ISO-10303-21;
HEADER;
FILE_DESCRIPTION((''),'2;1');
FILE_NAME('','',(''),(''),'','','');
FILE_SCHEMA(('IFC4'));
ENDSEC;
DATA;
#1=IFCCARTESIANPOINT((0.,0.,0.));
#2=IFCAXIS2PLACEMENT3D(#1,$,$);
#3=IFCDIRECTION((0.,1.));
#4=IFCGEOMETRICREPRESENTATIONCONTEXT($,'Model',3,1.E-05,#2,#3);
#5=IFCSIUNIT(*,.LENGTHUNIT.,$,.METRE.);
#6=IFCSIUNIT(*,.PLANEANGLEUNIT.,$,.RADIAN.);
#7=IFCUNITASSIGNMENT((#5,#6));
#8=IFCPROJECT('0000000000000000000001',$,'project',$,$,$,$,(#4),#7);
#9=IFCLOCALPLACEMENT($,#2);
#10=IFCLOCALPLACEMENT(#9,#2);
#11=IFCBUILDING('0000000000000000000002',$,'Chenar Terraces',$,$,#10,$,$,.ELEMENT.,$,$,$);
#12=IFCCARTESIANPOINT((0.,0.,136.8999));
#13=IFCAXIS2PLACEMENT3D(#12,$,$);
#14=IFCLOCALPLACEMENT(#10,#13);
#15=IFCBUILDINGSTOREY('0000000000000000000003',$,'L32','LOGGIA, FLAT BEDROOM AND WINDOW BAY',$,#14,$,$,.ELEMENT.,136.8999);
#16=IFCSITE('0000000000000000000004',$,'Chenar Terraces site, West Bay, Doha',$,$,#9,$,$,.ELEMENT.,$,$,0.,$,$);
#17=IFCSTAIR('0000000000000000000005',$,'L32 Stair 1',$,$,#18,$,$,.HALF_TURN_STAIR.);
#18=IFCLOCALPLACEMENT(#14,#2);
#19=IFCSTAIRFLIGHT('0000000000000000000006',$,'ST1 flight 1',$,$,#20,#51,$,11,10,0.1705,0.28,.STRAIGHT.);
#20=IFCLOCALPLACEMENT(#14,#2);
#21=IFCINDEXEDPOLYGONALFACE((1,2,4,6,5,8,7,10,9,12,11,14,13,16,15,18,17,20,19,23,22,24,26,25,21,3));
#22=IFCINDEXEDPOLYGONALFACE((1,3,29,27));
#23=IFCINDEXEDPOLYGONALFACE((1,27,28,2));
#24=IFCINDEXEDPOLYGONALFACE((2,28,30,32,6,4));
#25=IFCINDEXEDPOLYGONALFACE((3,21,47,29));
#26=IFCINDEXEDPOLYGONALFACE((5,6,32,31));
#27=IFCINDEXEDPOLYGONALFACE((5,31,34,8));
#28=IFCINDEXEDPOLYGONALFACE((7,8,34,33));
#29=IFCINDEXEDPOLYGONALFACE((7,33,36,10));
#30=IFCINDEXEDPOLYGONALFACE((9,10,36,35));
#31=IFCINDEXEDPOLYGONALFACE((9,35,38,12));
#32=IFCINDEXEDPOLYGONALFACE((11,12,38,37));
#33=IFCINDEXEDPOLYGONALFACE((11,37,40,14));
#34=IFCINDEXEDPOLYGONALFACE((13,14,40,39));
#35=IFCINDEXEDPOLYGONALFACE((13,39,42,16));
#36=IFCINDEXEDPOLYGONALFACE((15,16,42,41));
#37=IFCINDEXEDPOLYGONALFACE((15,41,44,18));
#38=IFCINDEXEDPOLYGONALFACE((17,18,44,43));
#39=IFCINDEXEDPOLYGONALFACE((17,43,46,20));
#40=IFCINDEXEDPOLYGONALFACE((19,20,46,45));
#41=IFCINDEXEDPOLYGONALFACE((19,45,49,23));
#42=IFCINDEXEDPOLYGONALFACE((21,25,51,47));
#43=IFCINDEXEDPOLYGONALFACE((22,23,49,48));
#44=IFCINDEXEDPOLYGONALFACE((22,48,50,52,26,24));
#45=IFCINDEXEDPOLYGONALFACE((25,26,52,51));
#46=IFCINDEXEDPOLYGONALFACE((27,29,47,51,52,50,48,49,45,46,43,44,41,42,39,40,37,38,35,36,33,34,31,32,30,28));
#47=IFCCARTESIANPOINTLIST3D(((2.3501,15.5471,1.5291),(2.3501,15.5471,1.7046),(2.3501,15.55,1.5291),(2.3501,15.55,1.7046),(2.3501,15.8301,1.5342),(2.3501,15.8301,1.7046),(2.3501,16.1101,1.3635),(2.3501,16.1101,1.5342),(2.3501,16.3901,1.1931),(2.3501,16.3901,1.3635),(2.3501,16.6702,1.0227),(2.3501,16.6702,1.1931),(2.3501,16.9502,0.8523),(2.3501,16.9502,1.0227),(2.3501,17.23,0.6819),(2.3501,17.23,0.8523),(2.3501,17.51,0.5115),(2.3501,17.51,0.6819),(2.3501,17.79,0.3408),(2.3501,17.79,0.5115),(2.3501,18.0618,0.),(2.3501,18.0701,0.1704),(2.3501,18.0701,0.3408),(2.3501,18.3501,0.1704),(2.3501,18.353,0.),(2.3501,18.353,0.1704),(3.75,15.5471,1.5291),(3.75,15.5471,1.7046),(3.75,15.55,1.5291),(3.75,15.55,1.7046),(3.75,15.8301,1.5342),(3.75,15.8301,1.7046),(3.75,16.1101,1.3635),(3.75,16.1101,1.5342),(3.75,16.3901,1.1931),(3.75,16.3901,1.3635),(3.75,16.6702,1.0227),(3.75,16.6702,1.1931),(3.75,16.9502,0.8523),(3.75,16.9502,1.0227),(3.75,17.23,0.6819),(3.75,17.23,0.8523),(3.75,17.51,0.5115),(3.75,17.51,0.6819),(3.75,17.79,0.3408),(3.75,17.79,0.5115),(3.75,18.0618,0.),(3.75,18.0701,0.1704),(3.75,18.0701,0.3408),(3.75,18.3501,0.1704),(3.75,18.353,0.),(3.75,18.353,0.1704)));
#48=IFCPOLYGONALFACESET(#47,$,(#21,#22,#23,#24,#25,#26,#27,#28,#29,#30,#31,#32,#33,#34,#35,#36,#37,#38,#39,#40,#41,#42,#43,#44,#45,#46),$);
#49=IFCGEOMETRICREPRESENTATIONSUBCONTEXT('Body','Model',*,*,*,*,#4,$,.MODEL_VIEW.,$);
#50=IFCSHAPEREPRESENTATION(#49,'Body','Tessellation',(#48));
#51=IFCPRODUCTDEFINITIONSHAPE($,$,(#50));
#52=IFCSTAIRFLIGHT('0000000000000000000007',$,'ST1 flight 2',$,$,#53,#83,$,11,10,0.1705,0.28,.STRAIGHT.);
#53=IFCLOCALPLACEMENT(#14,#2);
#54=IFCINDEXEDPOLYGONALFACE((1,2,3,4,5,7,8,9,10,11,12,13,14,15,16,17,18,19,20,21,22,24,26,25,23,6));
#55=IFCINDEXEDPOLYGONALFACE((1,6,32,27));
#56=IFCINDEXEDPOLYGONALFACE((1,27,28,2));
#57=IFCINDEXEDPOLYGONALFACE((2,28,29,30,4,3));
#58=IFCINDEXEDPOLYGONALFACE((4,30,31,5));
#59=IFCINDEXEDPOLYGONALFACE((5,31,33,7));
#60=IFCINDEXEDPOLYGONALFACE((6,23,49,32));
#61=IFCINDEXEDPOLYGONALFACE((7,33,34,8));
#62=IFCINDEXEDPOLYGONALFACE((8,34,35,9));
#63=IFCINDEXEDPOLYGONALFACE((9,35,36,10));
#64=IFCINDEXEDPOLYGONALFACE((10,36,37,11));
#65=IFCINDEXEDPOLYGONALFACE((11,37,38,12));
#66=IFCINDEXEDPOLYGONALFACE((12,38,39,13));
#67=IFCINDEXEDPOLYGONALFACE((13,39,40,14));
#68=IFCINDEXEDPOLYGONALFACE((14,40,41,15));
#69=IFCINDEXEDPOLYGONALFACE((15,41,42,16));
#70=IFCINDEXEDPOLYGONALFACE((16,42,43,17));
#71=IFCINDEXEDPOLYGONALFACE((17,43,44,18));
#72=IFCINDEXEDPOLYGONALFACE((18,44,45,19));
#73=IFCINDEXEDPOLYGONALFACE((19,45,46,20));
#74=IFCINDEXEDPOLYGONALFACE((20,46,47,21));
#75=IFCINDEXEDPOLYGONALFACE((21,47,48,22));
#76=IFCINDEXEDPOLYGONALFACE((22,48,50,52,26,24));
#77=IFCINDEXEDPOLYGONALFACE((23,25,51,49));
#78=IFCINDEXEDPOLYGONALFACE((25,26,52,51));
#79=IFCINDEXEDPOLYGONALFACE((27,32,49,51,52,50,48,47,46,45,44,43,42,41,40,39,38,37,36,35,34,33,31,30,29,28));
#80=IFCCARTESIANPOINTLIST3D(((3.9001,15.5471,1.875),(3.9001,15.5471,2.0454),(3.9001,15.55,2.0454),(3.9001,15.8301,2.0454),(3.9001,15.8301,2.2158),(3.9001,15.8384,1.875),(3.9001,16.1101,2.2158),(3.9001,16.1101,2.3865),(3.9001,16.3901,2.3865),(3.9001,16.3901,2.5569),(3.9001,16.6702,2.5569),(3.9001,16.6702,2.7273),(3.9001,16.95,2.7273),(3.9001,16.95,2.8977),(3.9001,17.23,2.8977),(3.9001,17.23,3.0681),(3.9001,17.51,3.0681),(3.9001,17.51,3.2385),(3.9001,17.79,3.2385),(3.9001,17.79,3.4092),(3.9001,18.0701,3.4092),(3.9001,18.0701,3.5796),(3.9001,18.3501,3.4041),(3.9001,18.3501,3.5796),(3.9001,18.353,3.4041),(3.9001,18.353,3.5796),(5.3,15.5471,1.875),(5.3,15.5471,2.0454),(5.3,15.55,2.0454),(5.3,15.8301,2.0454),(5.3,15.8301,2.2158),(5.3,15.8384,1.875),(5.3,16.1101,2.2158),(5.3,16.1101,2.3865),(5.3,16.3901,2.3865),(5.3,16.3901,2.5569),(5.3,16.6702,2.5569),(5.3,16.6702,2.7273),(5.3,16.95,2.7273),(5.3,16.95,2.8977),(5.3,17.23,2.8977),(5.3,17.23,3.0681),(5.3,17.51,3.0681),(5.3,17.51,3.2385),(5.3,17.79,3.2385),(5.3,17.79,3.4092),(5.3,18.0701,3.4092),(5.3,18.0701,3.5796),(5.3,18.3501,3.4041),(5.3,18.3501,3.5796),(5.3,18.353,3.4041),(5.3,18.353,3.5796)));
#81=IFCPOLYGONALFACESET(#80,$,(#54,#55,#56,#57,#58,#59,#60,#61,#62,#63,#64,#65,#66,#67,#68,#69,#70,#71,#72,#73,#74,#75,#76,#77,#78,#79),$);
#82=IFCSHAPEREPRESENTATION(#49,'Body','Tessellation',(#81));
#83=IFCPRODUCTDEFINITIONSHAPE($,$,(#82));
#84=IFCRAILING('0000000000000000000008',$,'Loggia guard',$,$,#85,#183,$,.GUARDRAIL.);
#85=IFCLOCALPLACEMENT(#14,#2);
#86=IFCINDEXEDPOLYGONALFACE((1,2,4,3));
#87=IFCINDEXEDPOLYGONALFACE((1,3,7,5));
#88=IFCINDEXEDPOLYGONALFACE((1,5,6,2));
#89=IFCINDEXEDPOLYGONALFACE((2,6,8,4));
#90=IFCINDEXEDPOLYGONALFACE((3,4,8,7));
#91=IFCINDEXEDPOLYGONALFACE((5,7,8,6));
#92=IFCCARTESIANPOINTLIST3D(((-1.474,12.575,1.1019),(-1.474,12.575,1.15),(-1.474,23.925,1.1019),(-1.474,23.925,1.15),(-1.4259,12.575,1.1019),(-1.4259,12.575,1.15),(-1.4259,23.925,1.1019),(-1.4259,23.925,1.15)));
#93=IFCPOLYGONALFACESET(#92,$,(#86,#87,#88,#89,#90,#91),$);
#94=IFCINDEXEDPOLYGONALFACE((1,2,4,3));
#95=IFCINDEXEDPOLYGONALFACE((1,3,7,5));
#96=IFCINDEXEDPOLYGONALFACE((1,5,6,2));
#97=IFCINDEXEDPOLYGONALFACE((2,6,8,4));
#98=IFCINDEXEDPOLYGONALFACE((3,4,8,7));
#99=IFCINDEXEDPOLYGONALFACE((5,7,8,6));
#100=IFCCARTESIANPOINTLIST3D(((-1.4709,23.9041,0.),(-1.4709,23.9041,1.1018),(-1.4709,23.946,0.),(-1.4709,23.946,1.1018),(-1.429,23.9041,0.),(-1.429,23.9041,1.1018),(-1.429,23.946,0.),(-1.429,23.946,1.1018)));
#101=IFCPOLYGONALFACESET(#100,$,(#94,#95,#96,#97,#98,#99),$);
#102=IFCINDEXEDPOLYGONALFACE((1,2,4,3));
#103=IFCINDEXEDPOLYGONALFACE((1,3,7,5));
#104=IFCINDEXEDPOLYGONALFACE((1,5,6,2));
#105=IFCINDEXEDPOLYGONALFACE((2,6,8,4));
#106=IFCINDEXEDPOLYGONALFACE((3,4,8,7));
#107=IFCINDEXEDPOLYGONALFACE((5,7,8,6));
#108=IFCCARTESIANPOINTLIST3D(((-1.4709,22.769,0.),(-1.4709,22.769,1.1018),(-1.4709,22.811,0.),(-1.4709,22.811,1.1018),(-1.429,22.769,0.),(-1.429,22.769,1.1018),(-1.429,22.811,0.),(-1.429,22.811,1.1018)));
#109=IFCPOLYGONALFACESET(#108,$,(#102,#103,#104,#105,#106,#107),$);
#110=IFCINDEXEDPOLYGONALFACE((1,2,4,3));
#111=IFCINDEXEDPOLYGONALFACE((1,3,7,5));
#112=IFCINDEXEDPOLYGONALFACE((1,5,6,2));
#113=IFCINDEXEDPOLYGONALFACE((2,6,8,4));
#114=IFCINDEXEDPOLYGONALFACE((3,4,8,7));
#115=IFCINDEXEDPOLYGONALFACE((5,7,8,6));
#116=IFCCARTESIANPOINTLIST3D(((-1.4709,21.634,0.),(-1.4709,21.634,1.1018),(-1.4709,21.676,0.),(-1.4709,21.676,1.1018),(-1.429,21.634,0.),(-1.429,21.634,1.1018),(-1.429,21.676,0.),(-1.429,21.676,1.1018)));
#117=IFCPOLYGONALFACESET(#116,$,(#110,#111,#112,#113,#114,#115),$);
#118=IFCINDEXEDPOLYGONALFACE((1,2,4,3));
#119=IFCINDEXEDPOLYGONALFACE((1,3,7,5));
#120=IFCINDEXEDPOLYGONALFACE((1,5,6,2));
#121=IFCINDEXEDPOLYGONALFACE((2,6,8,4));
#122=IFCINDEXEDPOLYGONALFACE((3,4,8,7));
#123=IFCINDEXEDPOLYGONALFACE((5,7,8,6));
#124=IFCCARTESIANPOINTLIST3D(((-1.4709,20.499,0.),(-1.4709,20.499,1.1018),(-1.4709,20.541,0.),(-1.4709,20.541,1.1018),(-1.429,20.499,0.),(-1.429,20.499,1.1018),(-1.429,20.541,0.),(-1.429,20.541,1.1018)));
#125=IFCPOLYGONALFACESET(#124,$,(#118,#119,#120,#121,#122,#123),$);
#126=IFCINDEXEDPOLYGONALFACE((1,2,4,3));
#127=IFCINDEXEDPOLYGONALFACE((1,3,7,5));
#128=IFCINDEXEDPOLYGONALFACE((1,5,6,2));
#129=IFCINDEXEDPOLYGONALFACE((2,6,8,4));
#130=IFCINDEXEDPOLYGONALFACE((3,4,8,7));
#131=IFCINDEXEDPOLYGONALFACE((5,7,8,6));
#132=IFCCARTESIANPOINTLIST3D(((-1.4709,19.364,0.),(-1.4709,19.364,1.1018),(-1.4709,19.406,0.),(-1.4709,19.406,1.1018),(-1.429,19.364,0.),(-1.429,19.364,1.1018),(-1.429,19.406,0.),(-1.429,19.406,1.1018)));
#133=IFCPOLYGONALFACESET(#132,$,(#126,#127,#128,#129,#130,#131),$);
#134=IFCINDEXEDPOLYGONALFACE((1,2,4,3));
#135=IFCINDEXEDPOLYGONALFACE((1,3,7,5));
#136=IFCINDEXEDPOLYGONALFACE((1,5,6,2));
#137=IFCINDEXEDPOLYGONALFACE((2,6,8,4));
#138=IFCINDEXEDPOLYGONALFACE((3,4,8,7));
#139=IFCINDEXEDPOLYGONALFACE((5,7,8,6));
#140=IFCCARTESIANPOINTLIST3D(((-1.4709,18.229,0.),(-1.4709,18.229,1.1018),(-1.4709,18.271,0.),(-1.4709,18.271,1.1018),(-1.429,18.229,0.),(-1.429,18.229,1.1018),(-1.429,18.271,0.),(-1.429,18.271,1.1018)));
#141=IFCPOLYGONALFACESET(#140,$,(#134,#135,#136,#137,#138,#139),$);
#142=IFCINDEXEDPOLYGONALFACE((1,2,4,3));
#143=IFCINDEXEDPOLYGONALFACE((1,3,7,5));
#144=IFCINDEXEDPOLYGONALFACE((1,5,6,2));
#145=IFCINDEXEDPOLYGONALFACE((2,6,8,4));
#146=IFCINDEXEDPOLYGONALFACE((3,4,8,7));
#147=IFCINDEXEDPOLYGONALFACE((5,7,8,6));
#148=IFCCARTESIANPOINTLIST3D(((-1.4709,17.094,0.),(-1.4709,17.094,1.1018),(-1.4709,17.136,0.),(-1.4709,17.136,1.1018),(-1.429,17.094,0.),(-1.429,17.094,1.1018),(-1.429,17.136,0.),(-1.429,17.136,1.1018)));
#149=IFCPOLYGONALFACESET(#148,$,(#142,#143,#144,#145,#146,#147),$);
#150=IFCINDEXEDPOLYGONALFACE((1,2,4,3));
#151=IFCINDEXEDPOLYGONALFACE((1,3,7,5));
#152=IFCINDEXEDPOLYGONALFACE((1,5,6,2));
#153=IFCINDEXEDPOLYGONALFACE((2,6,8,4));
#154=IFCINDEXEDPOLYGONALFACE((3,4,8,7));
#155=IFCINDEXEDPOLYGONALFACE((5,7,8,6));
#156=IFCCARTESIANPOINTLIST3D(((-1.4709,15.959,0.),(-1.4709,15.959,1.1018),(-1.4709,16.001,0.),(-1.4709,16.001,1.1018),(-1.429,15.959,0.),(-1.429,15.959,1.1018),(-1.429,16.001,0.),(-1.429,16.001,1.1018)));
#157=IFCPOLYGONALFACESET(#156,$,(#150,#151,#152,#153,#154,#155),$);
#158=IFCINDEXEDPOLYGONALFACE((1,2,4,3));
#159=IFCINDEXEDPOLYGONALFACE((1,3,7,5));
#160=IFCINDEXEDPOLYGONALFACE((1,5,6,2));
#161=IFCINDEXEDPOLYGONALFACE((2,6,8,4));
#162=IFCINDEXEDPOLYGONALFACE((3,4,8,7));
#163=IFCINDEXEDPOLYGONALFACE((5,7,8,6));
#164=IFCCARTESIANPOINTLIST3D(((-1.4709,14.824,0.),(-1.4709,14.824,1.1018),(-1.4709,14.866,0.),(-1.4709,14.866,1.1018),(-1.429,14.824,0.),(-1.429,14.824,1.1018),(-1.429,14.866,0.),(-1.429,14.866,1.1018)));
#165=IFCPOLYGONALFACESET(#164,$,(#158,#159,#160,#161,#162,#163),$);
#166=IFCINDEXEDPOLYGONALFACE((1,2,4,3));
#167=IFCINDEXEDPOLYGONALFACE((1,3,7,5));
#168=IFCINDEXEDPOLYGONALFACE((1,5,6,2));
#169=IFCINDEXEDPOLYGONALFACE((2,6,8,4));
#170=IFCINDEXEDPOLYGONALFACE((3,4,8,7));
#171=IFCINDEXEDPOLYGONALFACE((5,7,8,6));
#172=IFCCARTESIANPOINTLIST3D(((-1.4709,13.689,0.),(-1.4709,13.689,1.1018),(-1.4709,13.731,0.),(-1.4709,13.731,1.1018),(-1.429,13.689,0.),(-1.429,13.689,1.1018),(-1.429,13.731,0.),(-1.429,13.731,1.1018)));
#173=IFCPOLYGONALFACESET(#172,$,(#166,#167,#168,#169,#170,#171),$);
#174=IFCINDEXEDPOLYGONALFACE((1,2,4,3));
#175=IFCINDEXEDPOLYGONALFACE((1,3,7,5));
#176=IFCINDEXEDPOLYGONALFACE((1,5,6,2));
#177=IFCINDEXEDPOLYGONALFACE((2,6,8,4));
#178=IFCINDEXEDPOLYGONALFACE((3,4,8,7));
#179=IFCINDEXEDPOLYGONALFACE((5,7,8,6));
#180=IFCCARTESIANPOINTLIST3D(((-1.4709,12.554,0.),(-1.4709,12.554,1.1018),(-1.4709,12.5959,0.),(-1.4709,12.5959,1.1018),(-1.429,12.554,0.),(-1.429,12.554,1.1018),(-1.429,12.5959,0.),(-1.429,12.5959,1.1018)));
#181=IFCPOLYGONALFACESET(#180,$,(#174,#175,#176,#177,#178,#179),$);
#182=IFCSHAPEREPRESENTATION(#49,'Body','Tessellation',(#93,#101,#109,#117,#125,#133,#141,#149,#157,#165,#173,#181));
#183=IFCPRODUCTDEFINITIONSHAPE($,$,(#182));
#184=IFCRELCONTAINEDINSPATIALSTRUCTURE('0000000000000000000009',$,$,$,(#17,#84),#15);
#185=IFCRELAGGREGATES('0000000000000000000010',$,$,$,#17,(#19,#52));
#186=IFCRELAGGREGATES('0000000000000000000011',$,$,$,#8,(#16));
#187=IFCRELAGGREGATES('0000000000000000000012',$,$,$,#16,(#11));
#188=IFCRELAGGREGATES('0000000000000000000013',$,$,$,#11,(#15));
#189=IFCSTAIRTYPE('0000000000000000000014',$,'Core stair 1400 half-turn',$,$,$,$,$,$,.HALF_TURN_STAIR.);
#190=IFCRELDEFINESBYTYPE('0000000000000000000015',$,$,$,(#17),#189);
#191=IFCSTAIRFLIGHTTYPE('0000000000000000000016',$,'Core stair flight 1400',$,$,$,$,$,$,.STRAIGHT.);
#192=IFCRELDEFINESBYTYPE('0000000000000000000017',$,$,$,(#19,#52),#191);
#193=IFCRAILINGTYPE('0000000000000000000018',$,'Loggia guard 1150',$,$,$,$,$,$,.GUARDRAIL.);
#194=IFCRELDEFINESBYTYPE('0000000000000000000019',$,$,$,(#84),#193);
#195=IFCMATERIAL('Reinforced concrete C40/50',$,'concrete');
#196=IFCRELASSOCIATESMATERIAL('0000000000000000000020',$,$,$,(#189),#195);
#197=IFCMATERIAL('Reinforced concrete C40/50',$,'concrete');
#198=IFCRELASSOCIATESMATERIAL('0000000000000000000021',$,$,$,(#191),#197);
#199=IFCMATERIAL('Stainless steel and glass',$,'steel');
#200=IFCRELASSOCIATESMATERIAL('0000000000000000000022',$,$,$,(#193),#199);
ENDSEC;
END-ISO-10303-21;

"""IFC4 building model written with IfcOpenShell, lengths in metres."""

from ifc_helpers import new_model, si_unit, direction, frame, origin, origin_2d, place, context, subcontext, project, spatial, polyline, rectangle, outline, extrude, material, type_object, element, aggregate, save


model = new_model("IFC4")

# Units and contexts
model_context = context("Model", 3, precision=1e-05, world=origin(), true_north=direction((0.0, 1.0)))
body_context = subcontext(model_context, "Body", "Model", "MODEL_VIEW")
ifc_project = project(units=[si_unit("LENGTHUNIT", "METRE"), si_unit("PLANEANGLEUNIT", "RADIAN")], contexts=[model_context])

# Site, building, storey
site_placement = place(None, origin())
site = spatial("IfcSite", under=ifc_project, at=site_placement, Name="Chenar Terraces site, West Bay, Doha", CompositionType="ELEMENT", RefElevation=0.0)
building_placement = place(site_placement, origin())
building = spatial("IfcBuilding", under=site, at=building_placement, Name="Chenar Terraces", CompositionType="ELEMENT")
storey_placement = place(building_placement, frame((0.0, 0.0, 136.8999)))
storey = spatial("IfcBuildingStorey", under=building, at=storey_placement, Name="L32", Description="LOGGIA, FLAT BEDROOM AND WINDOW BAY", CompositionType="ELEMENT", Elevation=136.8999)

# Stair, stair flights
ifc_material_1 = material(Name="Reinforced concrete C40/50", Category="concrete")
stair_type = type_object("IfcStairType", Name="Core stair 1400 half-turn", PredefinedType="HALF_TURN_STAIR", material=ifc_material_1)
stair_placement = place(storey_placement, origin())
stair = element("IfcStair", 1, at=stair_placement, inside=storey, type_object=stair_type, Name="L32 Stair 1", PredefinedType="HALF_TURN_STAIR")
ifc_material_2 = material(Name="Reinforced concrete C40/50", Category="concrete")
stair_flight_type = type_object("IfcStairFlightType", Name="Core stair flight 1400", PredefinedType="STRAIGHT", material=ifc_material_2)
stair_flight_1_placement = place(storey_placement, frame((3.05, 18.3501, 0.0), z_axis=(0.0, 0.0, 1.0), x_axis=(0.0, -1.0, 0.0)))
stair_flight_1 = element("IfcStairFlight", 2, at=stair_flight_1_placement, type_object=stair_flight_type, Name="ST1 flight 1", NumberOfRisers=11, NumberOfTreads=10, PredefinedType="STRAIGHT", RiserHeight=0.1705, TreadLength=0.28, context=body_context, shape_type="SweptSolid", body=[
    extrude(outline(polyline([(-0.0029, 0.0), (-0.0029, 0.1704), (0.0, 0.1704), (0.28, 0.1704), (0.28, 0.3408), (0.5601, 0.3408), (0.5601, 0.5115), (0.8401, 0.5115), (0.8401, 0.6819), (1.1201, 0.6819), (1.1201, 0.8523), (1.3999, 0.8523), (1.3999, 1.0227), (1.6799, 1.0227), (1.6799, 1.1931), (1.96, 1.1931), (1.96, 1.3635), (2.24, 1.3635), (2.24, 1.5342), (2.52, 1.5342), (2.52, 1.7046), (2.8, 1.7046), (2.803, 1.7046), (2.803, 1.5291), (2.8, 1.5291), (0.2883, 0.0), (-0.0029, 0.0)])), frame((0.0, 0.7, 0.0), z_axis=(0.0, -1.0, 0.0), x_axis=(1.0, 0.0, 0.0)), (0.0, 0.0, 1.0), 1.3999),
])
stair_flight_2_placement = place(storey_placement, frame((4.6001, 15.55, 1.875), z_axis=(0.0, 0.0, 1.0), x_axis=(0.0, 1.0, 0.0)))
stair_flight_2 = element("IfcStairFlight", 3, at=stair_flight_2_placement, type_object=stair_flight_type, Name="ST1 flight 2", NumberOfRisers=11, NumberOfTreads=10, PredefinedType="STRAIGHT", RiserHeight=0.1705, TreadLength=0.28, context=body_context, shape_type="SweptSolid", body=[
    extrude(outline(polyline([(-0.0029, 0.0), (-0.0029, 0.1704), (0.0, 0.1704), (0.28, 0.1704), (0.28, 0.3408), (0.5601, 0.3408), (0.5601, 0.5115), (0.8401, 0.5115), (0.8401, 0.6819), (1.1201, 0.6819), (1.1201, 0.8523), (1.3999, 0.8523), (1.3999, 1.0227), (1.6799, 1.0227), (1.6799, 1.1931), (1.96, 1.1931), (1.96, 1.3635), (2.24, 1.3635), (2.24, 1.5342), (2.52, 1.5342), (2.52, 1.7046), (2.8, 1.7046), (2.803, 1.7046), (2.803, 1.5291), (2.8, 1.5291), (0.2883, 0.0), (-0.0029, 0.0)])), frame((0.0, 0.7, 0.0), z_axis=(0.0, -1.0, 0.0), x_axis=(1.0, 0.0, 0.0)), (0.0, 0.0, 1.0), 1.3999),
])
aggregate(stair, [stair_flight_1, stair_flight_2])

# Railing
ifc_material_3 = material(Name="Stainless steel and glass", Category="steel")
railing_type_1 = type_object("IfcRailingType", Name="Loggia guard 1150", PredefinedType="GUARDRAIL", material=ifc_material_3)
railing_1_placement = place(storey_placement, frame((-1.45, 23.925, 0.0)))
element("IfcRailing", 4, at=railing_1_placement, inside=storey, type_object=railing_type_1, Name="Loggia guard", PredefinedType="GUARDRAIL", context=body_context, shape_type="SweptSolid", body=[
    extrude(rectangle(XDim=0.0481, YDim=0.0481, at=origin_2d()), frame((0.0, 0.0, 1.126), z_axis=(0.0, -1.0, 0.0), x_axis=(1.0, 0.0, 0.0)), (0.0, 0.0, 1.0), 11.3501),
    extrude(rectangle(XDim=0.042, YDim=0.042, at=origin_2d()), origin(), (0.0, 0.0, 1.0), 1.1018),
    extrude(rectangle(XDim=0.042, YDim=0.042, at=origin_2d()), frame((0.0, -1.135, 0.0)), (0.0, 0.0, 1.0), 1.1018),
    extrude(rectangle(XDim=0.042, YDim=0.042, at=origin_2d()), frame((0.0, -2.27, 0.0)), (0.0, 0.0, 1.0), 1.1018),
    extrude(rectangle(XDim=0.042, YDim=0.042, at=origin_2d()), frame((0.0, -3.405, 0.0)), (0.0, 0.0, 1.0), 1.1018),
    extrude(rectangle(XDim=0.042, YDim=0.042, at=origin_2d()), frame((0.0, -4.54, 0.0)), (0.0, 0.0, 1.0), 1.1018),
    extrude(rectangle(XDim=0.042, YDim=0.042, at=origin_2d()), frame((0.0, -5.675, 0.0)), (0.0, 0.0, 1.0), 1.1018),
    extrude(rectangle(XDim=0.042, YDim=0.042, at=origin_2d()), frame((0.0, -6.8101, 0.0)), (0.0, 0.0, 1.0), 1.1018),
    extrude(rectangle(XDim=0.042, YDim=0.042, at=origin_2d()), frame((0.0, -7.9451, 0.0)), (0.0, 0.0, 1.0), 1.1018),
    extrude(rectangle(XDim=0.042, YDim=0.042, at=origin_2d()), frame((0.0, -9.0801, 0.0)), (0.0, 0.0, 1.0), 1.1018),
    extrude(rectangle(XDim=0.042, YDim=0.042, at=origin_2d()), frame((0.0, -10.2151, 0.0)), (0.0, 0.0, 1.0), 1.1018),
    extrude(rectangle(XDim=0.042, YDim=0.042, at=origin_2d()), frame((0.0, -11.3501, 0.0)), (0.0, 0.0, 1.0), 1.1018),
])

save(model, "model.ifc")
